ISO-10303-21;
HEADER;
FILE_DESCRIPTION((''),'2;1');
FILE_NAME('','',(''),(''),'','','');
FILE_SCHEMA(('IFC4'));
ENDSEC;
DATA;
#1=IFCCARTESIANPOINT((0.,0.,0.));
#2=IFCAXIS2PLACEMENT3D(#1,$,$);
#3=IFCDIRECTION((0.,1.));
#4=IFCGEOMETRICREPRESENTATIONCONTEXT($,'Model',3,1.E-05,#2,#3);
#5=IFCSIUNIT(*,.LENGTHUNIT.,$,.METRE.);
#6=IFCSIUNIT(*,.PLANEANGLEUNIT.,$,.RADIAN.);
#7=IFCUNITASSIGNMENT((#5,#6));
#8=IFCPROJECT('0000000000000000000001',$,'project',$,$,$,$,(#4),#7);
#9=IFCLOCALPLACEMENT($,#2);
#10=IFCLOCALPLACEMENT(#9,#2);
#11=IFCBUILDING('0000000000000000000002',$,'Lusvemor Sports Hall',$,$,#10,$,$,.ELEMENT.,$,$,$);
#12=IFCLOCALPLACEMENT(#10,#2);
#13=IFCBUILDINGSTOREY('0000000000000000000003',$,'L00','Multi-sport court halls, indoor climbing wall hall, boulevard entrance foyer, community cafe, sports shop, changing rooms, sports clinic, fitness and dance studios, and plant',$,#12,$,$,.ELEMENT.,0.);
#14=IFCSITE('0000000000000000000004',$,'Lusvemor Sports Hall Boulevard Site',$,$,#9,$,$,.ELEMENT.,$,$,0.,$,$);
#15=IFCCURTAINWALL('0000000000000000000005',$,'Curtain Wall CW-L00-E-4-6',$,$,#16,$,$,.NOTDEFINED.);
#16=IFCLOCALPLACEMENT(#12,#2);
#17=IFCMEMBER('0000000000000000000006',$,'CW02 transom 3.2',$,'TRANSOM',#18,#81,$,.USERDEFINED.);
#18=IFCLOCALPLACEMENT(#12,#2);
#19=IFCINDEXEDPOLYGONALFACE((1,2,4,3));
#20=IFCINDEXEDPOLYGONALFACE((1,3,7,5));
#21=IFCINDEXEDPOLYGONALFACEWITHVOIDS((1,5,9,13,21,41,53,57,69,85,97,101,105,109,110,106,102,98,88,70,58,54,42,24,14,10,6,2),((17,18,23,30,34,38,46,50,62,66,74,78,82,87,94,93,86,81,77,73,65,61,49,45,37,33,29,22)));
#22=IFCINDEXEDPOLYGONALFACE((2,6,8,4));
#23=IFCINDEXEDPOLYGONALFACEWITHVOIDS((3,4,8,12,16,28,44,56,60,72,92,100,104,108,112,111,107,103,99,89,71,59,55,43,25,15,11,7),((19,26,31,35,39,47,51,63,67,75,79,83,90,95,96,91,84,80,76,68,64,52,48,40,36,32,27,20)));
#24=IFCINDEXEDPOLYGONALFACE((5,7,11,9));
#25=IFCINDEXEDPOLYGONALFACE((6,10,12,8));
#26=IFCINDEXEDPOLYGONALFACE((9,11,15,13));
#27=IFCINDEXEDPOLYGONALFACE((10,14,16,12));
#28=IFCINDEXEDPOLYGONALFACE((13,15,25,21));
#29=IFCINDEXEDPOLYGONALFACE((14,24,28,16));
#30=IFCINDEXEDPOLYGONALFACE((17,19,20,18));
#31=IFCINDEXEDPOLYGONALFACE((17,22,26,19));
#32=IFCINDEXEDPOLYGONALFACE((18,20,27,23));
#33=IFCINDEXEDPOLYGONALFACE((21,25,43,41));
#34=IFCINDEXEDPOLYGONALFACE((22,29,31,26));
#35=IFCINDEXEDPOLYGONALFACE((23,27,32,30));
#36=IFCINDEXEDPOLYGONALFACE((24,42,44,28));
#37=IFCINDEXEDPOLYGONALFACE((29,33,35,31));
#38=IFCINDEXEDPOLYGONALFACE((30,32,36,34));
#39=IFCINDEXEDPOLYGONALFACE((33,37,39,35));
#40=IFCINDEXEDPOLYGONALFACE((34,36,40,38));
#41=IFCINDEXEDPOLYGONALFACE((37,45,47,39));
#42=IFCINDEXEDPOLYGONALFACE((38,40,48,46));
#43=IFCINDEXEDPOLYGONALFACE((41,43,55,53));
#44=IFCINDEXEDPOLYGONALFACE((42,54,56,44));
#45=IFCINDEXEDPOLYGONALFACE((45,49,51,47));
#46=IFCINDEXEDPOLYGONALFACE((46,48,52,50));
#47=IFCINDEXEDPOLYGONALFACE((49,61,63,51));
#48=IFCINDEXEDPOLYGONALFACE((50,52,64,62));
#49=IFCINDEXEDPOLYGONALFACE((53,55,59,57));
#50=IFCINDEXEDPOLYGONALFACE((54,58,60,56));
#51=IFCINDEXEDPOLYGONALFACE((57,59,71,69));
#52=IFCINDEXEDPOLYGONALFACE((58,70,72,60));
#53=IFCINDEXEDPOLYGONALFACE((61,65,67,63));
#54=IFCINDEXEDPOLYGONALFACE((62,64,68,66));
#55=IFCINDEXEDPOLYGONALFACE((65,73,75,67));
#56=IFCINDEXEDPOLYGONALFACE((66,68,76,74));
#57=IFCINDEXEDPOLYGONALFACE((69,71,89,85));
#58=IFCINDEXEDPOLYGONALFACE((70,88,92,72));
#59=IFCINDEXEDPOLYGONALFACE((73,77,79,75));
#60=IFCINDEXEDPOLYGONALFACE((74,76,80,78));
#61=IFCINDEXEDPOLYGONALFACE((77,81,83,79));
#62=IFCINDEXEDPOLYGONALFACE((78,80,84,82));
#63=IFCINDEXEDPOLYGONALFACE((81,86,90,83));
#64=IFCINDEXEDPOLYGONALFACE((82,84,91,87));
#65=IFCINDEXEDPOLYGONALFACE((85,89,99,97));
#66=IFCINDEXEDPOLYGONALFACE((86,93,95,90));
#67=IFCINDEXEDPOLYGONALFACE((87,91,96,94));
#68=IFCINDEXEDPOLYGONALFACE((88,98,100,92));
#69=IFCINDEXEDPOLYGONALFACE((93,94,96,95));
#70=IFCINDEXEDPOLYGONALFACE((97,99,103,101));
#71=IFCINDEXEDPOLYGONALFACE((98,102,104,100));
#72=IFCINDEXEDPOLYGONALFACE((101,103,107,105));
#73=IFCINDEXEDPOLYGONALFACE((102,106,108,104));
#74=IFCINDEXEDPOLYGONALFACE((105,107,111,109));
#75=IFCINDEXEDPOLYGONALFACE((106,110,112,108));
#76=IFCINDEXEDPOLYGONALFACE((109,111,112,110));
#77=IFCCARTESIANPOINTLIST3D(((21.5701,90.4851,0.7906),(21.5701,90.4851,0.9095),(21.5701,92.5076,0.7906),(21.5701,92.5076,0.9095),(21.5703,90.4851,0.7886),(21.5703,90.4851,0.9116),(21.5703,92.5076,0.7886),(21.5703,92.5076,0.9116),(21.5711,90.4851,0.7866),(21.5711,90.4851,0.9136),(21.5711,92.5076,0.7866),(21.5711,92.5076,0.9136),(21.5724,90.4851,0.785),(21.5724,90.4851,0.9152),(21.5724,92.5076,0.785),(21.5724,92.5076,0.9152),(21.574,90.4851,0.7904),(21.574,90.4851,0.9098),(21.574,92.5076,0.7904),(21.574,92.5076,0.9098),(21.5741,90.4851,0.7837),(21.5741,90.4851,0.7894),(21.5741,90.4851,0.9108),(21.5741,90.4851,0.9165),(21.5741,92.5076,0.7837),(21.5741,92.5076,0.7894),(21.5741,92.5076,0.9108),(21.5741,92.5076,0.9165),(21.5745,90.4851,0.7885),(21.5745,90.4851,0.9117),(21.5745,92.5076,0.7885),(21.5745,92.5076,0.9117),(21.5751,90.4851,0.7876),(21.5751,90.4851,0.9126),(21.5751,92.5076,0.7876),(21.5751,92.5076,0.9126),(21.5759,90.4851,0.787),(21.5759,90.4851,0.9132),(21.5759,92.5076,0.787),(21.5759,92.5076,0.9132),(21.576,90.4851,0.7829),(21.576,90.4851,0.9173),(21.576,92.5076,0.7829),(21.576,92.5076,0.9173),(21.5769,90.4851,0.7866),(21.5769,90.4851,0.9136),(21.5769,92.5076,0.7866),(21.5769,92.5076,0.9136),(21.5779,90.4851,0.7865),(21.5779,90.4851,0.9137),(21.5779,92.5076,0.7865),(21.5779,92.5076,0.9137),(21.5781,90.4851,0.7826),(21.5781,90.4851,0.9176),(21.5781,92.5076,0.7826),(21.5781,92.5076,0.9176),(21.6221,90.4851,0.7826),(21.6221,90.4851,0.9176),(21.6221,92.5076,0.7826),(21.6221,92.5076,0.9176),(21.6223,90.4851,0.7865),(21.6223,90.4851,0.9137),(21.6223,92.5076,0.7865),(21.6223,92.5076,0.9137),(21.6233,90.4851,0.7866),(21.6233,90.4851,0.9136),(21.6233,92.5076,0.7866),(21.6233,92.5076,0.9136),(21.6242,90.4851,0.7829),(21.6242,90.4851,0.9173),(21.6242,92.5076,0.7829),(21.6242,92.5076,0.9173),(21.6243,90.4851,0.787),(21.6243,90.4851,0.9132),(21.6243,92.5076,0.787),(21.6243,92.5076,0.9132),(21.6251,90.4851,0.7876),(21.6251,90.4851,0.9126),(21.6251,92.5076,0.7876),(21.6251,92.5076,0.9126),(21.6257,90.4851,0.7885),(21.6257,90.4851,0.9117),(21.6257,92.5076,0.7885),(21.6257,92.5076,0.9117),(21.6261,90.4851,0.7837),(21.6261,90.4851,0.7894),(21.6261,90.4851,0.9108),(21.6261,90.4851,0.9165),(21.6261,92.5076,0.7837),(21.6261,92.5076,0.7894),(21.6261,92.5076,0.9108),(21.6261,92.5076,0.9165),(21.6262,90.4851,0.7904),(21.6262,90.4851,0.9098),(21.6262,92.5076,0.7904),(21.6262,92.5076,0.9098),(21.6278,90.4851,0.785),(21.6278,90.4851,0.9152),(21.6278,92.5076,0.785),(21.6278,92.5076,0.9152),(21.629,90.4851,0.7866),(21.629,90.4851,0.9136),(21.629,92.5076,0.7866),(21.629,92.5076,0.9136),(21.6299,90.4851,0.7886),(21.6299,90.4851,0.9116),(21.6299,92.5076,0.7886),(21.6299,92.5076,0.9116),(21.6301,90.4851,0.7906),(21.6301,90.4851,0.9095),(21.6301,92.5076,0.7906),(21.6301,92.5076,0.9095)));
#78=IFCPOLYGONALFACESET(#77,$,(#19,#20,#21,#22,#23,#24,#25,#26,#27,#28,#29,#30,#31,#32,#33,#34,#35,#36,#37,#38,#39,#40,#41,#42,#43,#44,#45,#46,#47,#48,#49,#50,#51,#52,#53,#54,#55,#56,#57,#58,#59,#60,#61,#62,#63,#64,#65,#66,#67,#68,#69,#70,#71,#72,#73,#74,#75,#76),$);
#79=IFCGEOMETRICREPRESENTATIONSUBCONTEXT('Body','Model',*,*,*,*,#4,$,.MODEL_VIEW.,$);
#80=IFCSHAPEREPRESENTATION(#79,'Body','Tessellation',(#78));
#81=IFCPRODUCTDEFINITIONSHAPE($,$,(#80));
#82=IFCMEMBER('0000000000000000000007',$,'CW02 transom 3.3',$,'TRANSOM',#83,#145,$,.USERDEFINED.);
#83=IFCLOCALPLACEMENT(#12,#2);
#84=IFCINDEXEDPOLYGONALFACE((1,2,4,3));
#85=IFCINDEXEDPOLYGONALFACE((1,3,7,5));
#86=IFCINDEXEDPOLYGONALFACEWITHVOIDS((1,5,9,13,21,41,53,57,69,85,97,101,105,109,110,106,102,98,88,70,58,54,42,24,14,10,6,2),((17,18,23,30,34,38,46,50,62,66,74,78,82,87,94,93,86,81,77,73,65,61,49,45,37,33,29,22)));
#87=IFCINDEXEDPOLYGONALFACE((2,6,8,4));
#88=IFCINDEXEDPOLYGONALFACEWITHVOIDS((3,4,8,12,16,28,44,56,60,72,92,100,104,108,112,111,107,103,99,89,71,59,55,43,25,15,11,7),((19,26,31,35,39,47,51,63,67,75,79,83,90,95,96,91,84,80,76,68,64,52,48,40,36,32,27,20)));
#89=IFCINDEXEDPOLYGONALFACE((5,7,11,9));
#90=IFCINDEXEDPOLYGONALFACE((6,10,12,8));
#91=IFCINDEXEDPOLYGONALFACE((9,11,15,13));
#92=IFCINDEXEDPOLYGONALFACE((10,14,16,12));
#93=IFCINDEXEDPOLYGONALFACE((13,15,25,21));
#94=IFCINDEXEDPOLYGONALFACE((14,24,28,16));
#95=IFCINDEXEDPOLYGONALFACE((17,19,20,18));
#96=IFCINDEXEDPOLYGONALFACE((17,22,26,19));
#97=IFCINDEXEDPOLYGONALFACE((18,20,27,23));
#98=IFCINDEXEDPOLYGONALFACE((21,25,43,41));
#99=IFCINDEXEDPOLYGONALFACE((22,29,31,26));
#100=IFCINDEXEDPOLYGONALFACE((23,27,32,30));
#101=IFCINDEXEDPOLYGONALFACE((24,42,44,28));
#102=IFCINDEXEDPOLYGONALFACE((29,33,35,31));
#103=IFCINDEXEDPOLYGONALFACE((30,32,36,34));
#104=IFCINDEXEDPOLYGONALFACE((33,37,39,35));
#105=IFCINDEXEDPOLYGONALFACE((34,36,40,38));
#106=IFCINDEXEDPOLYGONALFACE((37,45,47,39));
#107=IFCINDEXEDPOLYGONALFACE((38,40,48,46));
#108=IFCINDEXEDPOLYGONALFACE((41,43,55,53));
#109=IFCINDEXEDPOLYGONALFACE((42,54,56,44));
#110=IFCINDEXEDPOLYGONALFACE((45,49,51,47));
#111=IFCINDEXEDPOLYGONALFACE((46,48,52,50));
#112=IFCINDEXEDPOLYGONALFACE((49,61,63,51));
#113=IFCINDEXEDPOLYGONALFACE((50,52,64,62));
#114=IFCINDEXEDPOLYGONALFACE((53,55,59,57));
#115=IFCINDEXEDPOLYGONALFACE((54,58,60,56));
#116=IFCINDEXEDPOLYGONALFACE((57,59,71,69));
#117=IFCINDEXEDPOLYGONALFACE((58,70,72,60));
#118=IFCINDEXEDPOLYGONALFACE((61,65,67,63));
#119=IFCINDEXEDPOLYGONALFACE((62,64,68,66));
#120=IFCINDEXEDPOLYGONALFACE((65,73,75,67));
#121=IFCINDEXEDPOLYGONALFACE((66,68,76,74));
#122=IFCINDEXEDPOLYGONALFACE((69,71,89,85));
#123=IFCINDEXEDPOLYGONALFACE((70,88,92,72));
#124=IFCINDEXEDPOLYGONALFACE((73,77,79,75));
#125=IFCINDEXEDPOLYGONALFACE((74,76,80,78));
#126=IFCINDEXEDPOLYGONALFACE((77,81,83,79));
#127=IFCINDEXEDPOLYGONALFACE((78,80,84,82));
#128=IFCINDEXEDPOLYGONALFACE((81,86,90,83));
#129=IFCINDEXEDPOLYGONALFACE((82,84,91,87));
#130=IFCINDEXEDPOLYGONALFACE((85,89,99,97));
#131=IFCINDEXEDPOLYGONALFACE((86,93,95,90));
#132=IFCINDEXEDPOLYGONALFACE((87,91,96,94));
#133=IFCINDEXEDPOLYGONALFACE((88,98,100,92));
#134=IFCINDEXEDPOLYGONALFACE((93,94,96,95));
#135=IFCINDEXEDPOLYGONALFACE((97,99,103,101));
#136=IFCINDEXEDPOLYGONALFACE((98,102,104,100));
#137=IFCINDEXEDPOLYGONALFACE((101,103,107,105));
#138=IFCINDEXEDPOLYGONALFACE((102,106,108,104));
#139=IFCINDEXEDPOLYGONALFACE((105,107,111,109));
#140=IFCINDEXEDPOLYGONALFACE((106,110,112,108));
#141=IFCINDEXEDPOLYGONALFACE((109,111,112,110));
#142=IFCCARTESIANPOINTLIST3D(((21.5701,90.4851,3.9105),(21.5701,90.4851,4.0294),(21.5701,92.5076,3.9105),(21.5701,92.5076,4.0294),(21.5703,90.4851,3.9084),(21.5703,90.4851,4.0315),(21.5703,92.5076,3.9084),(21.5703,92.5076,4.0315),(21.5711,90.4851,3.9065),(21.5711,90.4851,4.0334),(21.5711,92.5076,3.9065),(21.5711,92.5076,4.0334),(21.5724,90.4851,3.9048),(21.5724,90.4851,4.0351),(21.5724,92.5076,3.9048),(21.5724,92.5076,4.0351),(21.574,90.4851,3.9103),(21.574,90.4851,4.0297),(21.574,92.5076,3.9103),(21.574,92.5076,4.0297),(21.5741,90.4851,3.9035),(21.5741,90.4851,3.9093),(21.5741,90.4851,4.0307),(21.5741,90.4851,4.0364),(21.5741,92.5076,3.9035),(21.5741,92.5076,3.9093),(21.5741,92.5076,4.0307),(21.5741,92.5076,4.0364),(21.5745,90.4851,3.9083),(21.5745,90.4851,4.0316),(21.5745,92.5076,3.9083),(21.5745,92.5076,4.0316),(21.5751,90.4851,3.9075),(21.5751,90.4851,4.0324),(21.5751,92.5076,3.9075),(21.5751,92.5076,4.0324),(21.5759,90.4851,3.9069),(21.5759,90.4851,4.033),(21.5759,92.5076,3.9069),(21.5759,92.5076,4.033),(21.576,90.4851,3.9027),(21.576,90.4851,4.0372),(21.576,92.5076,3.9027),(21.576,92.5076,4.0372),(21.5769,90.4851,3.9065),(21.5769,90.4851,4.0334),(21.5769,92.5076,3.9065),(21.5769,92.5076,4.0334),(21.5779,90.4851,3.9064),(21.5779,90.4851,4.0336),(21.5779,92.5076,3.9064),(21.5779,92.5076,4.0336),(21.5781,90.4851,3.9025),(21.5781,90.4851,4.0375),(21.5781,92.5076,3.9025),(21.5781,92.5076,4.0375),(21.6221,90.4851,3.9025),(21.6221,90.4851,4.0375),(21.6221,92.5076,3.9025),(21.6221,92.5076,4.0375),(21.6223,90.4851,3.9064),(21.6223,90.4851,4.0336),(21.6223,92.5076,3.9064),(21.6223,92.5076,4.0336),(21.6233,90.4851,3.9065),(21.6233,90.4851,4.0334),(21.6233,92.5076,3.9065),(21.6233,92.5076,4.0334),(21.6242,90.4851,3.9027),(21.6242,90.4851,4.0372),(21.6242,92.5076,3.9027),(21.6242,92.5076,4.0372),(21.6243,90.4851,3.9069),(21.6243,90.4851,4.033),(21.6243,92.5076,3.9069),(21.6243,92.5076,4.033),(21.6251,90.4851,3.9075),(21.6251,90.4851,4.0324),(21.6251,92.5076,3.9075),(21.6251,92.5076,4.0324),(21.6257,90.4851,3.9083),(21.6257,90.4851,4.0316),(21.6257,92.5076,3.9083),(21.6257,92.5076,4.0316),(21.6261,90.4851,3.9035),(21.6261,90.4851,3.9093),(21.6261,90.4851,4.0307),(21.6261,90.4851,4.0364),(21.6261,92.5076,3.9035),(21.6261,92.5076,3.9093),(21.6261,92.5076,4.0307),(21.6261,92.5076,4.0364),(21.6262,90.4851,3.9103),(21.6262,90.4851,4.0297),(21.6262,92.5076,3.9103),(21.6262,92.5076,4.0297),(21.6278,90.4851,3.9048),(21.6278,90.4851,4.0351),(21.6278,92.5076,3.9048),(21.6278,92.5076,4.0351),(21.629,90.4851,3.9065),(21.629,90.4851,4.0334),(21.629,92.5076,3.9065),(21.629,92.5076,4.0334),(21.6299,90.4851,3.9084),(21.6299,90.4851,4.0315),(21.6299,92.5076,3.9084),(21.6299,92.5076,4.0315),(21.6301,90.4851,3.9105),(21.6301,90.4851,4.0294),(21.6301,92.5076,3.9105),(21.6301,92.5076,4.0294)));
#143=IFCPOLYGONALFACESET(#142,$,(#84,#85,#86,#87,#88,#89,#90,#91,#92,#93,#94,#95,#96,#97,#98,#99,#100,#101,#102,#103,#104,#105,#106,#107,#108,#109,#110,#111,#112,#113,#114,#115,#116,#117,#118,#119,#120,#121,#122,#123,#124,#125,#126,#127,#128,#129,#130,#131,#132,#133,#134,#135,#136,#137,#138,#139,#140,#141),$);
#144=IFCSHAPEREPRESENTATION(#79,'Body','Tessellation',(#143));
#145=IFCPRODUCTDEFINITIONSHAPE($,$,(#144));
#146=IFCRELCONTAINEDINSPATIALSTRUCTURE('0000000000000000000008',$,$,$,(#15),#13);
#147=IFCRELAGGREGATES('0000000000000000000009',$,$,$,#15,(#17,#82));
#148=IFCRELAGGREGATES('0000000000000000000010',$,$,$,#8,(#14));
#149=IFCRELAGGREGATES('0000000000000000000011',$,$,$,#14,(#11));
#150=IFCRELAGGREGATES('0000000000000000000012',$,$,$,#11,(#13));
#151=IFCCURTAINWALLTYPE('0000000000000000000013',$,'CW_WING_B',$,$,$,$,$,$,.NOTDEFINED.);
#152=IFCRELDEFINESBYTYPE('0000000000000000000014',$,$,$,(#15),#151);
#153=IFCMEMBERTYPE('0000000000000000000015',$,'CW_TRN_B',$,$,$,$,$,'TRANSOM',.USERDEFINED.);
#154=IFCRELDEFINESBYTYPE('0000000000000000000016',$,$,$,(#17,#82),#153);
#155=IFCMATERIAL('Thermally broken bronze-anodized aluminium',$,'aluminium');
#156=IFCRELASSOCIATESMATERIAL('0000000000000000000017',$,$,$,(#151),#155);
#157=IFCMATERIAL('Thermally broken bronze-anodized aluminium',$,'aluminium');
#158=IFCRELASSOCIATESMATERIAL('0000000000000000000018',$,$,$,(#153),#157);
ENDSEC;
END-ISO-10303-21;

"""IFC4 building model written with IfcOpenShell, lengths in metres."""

from ifc_helpers import new_model, si_unit, direction, frame, origin, origin_2d, place, context, subcontext, project, spatial, hollow_rectangle, extrude, material, material_profile, profile_set, type_object, element, aggregate, save


model = new_model("IFC4")

# Units and contexts
model_context = context("Model", 3, precision=1e-05, world=origin(), true_north=direction((0.0, 1.0)))
body_context = subcontext(model_context, "Body", "Model", "MODEL_VIEW")
ifc_project = project(units=[si_unit("LENGTHUNIT", "METRE"), si_unit("PLANEANGLEUNIT", "RADIAN")], contexts=[model_context])

# Site, building, storey
site_placement = place(None, origin())
site = spatial("IfcSite", under=ifc_project, at=site_placement, Name="Lusvemor Sports Hall Boulevard Site", CompositionType="ELEMENT", RefElevation=0.0)
building_placement = place(site_placement, origin())
building = spatial("IfcBuilding", under=site, at=building_placement, Name="Lusvemor Sports Hall", CompositionType="ELEMENT")
storey_placement = place(building_placement, origin())
storey = spatial("IfcBuildingStorey", under=building, at=storey_placement, Name="L00", Description="Multi-sport court halls, indoor climbing wall hall, boulevard entrance foyer, community cafe, sports shop, changing rooms, sports clinic, fitness and dance studios, and plant", CompositionType="ELEMENT", Elevation=0.0)

# Curtain wall, members
ifc_material_1 = material(Name="Thermally broken bronze-anodized aluminium", Category="aluminium")
curtain_wall_type = type_object("IfcCurtainWallType", Name="CW_WING_B", PredefinedType="NOTDEFINED", material=ifc_material_1)
curtain_wall_placement = place(storey_placement, origin())
curtain_wall = element("IfcCurtainWall", 1, at=curtain_wall_placement, inside=storey, type_object=curtain_wall_type, Name="Curtain Wall CW-L00-E-4-6", PredefinedType="NOTDEFINED")
ifc_material_2 = material(Name="Thermally broken bronze-anodized aluminium", Category="aluminium")
ifc_material_profile_1 = material_profile(ifc_material_2, hollow_rectangle(XDim=0.0601, YDim=0.135, WallThickness=0.0039, InnerFilletRadius=0.0039, OuterFilletRadius=0.0081, at=origin_2d()), Name="CWTRN135x60x4")
ifc_profile_set_1 = profile_set([ifc_material_profile_1], Name="Thermally broken bronze-anodized aluminium")
member_type_1 = type_object("IfcMemberType", Name="CW_TRN_B", ElementType="TRANSOM", PredefinedType="USERDEFINED", material=ifc_profile_set_1)
member_1_placement = place(storey_placement, frame((21.6001, 92.5076, 0.8501), z_axis=(0.0, -1.0, 0.0), x_axis=(1.0, 0.0, 0.0)))
member_1 = element("IfcMember", 2, at=member_1_placement, type_object=member_type_1, Name="CW02 transom 3.2", ObjectType="TRANSOM", PredefinedType="USERDEFINED", context=body_context, shape_type="SweptSolid", body=[
    extrude(hollow_rectangle(XDim=0.0601, YDim=0.135, WallThickness=0.0039, InnerFilletRadius=0.0039, OuterFilletRadius=0.0081, at=origin_2d()), origin(), (0.0, 0.0, 1.0), 2.0225),
])
member_2_placement = place(storey_placement, frame((21.6001, 92.5076, 3.97), z_axis=(0.0, -1.0, 0.0), x_axis=(1.0, 0.0, 0.0)))
member_2 = element("IfcMember", 3, at=member_2_placement, type_object=member_type_1, Name="CW02 transom 3.3", ObjectType="TRANSOM", PredefinedType="USERDEFINED", context=body_context, shape_type="SweptSolid", body=[
    extrude(hollow_rectangle(XDim=0.0601, YDim=0.135, WallThickness=0.0039, InnerFilletRadius=0.0039, OuterFilletRadius=0.0081, at=origin_2d()), origin(), (0.0, 0.0, 1.0), 2.0225),
])
aggregate(curtain_wall, [member_1, member_2])

save(model, "model.ifc")
